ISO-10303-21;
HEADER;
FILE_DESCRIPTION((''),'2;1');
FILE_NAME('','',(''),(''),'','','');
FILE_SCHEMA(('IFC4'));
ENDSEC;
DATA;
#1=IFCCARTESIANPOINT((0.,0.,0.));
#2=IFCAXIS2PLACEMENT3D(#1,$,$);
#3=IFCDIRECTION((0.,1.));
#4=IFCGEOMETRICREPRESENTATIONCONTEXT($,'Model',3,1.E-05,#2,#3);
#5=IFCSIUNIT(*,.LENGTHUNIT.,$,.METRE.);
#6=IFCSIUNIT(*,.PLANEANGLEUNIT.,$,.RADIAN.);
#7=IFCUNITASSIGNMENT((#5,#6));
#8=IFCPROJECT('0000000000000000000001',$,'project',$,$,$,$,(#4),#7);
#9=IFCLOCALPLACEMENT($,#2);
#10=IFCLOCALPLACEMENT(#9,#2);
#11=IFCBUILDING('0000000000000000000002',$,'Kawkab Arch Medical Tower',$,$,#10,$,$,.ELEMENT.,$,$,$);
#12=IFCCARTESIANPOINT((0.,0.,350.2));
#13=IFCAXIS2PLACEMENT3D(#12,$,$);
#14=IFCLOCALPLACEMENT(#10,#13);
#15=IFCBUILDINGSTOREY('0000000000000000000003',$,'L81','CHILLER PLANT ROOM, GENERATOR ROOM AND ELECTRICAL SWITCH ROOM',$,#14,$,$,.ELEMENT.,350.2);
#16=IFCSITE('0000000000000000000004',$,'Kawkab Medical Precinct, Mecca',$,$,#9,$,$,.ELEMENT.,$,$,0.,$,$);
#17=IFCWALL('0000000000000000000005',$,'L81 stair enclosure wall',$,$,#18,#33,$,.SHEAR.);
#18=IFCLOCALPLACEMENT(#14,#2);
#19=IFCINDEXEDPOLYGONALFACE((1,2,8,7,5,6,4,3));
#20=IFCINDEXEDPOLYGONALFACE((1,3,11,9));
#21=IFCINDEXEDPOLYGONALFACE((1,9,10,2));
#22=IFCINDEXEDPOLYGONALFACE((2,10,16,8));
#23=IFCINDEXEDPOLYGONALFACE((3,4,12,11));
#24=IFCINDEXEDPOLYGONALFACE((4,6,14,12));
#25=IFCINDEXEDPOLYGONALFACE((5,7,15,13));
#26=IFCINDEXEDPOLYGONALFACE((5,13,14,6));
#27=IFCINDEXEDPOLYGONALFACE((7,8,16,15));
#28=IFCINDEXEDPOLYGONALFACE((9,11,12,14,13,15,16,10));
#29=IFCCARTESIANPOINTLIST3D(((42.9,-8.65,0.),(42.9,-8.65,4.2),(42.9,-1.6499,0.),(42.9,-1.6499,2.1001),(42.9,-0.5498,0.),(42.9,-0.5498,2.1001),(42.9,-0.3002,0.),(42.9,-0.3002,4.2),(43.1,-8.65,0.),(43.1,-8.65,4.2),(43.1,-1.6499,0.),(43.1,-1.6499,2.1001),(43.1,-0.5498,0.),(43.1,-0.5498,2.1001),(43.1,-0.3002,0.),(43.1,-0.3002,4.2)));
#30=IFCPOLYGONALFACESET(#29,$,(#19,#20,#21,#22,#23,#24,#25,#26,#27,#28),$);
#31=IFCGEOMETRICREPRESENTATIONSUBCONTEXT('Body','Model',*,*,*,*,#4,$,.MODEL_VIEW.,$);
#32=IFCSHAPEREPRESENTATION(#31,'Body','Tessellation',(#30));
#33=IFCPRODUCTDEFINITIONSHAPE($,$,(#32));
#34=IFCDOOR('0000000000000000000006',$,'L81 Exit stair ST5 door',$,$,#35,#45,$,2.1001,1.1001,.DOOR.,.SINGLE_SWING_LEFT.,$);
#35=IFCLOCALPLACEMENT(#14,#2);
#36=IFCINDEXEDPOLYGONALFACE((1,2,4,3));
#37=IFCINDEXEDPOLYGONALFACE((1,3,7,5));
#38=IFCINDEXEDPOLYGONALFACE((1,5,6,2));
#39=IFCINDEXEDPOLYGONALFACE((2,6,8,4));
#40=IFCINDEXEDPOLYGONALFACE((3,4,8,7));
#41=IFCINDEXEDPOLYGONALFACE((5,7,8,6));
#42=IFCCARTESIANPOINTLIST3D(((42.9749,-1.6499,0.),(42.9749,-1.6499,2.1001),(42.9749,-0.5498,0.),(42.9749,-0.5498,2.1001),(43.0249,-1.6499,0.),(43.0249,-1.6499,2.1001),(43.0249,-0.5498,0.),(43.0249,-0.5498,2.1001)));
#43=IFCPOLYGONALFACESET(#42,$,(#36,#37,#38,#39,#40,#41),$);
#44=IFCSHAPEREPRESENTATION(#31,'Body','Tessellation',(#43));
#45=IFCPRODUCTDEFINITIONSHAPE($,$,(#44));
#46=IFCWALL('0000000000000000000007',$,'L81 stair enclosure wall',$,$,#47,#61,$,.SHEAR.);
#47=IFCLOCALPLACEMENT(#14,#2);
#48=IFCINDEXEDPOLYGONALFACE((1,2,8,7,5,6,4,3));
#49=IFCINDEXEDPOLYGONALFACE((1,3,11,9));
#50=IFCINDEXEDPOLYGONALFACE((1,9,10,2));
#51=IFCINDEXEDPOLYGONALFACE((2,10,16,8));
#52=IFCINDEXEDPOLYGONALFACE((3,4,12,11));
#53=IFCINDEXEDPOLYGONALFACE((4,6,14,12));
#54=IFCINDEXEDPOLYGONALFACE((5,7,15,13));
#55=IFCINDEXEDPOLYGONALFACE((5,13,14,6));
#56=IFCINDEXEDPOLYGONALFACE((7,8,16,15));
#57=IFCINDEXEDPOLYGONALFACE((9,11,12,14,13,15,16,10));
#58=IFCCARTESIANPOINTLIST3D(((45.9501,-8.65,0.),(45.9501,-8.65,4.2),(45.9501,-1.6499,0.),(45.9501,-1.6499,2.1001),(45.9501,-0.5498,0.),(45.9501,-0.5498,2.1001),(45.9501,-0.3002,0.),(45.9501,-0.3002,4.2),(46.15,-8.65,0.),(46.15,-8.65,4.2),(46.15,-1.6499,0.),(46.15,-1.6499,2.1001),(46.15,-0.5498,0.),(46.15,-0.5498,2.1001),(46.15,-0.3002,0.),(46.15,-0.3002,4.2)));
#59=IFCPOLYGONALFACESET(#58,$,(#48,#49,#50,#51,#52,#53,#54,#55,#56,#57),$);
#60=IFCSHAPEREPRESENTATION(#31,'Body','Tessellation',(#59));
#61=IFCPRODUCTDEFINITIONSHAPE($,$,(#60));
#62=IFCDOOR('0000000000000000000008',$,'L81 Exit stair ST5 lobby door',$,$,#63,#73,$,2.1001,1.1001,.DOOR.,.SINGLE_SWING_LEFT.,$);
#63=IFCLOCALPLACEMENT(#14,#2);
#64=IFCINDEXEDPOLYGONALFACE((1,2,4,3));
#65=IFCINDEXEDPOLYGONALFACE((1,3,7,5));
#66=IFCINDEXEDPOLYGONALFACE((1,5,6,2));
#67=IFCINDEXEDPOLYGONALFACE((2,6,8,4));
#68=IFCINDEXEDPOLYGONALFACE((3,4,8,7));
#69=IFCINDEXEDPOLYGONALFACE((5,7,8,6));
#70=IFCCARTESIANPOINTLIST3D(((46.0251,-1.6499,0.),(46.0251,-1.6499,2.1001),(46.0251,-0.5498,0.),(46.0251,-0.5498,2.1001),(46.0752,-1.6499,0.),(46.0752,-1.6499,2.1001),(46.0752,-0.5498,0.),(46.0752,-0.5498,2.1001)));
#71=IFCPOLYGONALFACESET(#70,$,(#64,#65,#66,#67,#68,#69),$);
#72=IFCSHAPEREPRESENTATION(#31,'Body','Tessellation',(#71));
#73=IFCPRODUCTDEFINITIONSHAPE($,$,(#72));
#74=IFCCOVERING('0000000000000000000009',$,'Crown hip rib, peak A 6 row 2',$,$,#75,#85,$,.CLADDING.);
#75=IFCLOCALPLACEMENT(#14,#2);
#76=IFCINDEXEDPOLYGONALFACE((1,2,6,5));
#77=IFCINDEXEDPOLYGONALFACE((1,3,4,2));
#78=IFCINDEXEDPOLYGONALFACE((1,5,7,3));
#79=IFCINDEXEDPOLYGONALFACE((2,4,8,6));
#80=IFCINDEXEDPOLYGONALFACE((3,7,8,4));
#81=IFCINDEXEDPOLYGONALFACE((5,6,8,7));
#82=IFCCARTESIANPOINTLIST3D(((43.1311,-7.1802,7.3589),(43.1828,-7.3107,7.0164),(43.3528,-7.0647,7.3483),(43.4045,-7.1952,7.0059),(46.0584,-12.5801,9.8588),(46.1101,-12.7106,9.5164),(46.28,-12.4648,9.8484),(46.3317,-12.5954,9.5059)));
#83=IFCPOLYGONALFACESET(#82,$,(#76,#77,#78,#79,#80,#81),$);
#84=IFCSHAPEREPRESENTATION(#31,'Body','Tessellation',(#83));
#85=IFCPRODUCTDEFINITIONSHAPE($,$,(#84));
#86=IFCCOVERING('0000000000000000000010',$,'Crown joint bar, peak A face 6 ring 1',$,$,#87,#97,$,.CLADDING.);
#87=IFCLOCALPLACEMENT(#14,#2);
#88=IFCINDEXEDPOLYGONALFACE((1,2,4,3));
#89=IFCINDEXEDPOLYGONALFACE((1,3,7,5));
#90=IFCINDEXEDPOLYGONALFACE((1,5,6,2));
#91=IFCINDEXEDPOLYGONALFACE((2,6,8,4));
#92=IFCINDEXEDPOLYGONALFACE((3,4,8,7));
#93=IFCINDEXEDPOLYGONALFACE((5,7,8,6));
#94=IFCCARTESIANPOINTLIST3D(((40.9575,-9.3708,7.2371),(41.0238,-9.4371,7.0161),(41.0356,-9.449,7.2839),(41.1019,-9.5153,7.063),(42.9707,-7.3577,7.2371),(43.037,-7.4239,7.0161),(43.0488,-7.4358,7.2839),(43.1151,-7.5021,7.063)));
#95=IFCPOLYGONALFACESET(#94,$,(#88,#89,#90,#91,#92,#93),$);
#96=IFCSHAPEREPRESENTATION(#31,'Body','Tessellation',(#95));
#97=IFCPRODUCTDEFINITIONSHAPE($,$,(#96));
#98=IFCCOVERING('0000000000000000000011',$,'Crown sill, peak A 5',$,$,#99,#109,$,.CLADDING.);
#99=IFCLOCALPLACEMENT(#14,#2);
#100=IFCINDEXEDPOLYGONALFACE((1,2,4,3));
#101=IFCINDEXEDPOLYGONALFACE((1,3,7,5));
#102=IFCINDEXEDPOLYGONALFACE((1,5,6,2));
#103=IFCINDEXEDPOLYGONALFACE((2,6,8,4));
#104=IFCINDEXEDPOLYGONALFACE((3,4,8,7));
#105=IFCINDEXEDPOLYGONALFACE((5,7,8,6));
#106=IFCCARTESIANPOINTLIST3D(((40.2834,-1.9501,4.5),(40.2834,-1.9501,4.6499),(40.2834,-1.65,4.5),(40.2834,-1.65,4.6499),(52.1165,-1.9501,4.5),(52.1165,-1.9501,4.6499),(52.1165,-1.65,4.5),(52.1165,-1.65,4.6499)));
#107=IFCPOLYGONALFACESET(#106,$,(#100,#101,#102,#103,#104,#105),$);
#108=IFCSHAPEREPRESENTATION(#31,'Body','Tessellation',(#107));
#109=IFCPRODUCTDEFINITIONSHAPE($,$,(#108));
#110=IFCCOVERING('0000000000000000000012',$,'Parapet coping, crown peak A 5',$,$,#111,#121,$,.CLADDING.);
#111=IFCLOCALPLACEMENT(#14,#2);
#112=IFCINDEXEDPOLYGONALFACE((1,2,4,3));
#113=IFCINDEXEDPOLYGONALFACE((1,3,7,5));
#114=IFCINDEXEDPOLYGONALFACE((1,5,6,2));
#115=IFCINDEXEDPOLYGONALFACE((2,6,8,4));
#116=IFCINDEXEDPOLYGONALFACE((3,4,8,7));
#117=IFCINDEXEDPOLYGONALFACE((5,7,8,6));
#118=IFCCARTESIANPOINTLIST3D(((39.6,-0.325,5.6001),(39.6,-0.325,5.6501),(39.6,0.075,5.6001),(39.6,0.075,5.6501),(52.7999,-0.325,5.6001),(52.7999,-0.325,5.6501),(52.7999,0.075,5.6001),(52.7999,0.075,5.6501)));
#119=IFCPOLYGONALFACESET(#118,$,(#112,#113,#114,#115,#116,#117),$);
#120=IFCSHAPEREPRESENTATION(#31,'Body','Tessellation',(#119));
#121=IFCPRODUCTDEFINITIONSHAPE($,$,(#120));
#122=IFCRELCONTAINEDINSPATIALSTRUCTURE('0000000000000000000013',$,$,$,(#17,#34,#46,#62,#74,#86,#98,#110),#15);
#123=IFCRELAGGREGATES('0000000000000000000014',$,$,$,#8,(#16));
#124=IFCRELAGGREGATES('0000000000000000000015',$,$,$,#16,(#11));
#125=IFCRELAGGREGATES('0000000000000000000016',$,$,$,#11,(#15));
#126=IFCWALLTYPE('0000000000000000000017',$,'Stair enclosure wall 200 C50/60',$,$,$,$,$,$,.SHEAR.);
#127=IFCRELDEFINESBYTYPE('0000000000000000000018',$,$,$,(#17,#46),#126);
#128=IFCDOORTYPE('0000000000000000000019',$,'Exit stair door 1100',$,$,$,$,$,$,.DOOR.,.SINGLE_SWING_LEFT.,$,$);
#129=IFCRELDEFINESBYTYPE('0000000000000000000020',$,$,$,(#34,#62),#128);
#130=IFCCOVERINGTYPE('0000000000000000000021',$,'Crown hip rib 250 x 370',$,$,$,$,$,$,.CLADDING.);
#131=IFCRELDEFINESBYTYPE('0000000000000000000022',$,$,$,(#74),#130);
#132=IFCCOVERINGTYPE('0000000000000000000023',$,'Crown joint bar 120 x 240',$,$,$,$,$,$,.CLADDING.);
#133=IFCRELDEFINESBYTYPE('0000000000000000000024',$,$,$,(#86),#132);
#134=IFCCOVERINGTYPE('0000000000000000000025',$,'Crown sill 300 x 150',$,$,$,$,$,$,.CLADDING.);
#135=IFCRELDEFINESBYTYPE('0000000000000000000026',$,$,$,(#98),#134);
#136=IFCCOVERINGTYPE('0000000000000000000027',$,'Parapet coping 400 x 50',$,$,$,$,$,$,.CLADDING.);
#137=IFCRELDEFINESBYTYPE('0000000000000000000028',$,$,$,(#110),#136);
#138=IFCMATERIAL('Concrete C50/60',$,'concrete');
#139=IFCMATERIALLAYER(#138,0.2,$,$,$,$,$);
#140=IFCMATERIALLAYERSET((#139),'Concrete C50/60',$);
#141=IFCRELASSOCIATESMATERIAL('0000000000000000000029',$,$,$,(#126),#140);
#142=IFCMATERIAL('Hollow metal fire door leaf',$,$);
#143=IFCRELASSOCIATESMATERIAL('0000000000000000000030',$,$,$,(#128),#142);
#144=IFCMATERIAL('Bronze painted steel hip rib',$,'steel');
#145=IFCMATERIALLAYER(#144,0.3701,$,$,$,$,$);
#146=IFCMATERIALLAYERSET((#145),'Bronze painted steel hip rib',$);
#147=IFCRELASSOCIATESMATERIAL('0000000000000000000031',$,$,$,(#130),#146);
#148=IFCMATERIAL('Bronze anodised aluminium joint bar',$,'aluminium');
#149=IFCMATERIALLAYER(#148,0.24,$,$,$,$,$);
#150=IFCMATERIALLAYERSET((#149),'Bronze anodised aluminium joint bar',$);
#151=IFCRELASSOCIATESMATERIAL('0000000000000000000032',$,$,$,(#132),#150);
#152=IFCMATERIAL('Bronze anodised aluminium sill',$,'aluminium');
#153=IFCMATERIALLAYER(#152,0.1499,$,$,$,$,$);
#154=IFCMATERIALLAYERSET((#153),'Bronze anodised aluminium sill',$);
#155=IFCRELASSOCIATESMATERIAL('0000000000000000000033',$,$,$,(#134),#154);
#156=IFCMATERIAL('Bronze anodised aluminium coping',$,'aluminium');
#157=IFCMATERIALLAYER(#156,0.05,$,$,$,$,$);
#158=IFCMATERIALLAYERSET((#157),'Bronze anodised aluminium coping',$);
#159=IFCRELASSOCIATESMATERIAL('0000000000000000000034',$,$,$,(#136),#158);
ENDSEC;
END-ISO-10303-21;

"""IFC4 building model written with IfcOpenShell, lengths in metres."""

from ifc_helpers import new_model, si_unit, direction, frame, frame_2d, origin, origin_2d, place, context, subcontext, project, spatial, polyline, rectangle, outline, extrude, material, layer, layer_set, type_object, element, fill, save


model = new_model("IFC4")

# Units and contexts
model_context = context("Model", 3, precision=1e-05, world=origin(), true_north=direction((0.0, 1.0)))
body_context = subcontext(model_context, "Body", "Model", "MODEL_VIEW")
ifc_project = project(units=[si_unit("LENGTHUNIT", "METRE"), si_unit("PLANEANGLEUNIT", "RADIAN")], contexts=[model_context])

# Site, building, storey
site_placement = place(None, origin())
site = spatial("IfcSite", under=ifc_project, at=site_placement, Name="Kawkab Medical Precinct, Mecca", CompositionType="ELEMENT", RefElevation=0.0)
building_placement = place(site_placement, origin())
building = spatial("IfcBuilding", under=site, at=building_placement, Name="Kawkab Arch Medical Tower", CompositionType="ELEMENT")
storey_placement = place(building_placement, frame((0.0, 0.0, 350.2)))
storey = spatial("IfcBuildingStorey", under=building, at=storey_placement, Name="L81", Description="CHILLER PLANT ROOM, GENERATOR ROOM AND ELECTRICAL SWITCH ROOM", CompositionType="ELEMENT", Elevation=350.2)

# Walls, openings, doors
ifc_material_1 = material(Name="Concrete C50/60", Category="concrete")
ifc_layer_1 = layer(ifc_material_1, 0.2)
ifc_layer_set_1 = layer_set([ifc_layer_1], Name="Concrete C50/60")
wall_type_1 = type_object("IfcWallType", Name="Stair enclosure wall 200 C50/60", PredefinedType="SHEAR", material=ifc_layer_set_1)
wall_1_placement = place(storey_placement, frame((43.0, -8.6499, 0.0), z_axis=(0.0, 0.0, 1.0), x_axis=(0.0, 1.0, 0.0)))
wall_1 = element("IfcWall", 1, at=wall_1_placement, inside=storey, type_object=wall_type_1, Name="L81 stair enclosure wall", PredefinedType="SHEAR", context=body_context, shape_type="SweptSolid", body=[
    extrude(rectangle(XDim=8.3499, YDim=0.2, at=frame_2d((4.1748, 0.0))), origin(), (0.0, 0.0, 1.0), 4.2),
])
opening_1_placement = place(wall_1_placement, frame((7.0, 0.0, 0.0)))
opening_1 = element("IfcOpeningElement", 2, at=opening_1_placement, cuts=wall_1, PredefinedType="OPENING", context=body_context, shape_type="SweptSolid", body=[
    extrude(rectangle(XDim=1.1001, YDim=2.1001, at=frame_2d((0.55, 1.05))), frame((0.0, 0.1099, 0.0), z_axis=(0.0, -1.0, 0.0), x_axis=(1.0, 0.0, 0.0)), (0.0, 0.0, 1.0), 0.22),
])
ifc_material_2 = material(Name="Hollow metal fire door leaf")
door_type_1 = type_object("IfcDoorType", Name="Exit stair door 1100", OperationType="SINGLE_SWING_LEFT", PredefinedType="DOOR", material=ifc_material_2)
door_1_placement = place(opening_1_placement, frame((1.1001, 0.0, 0.0), z_axis=(0.0, 0.0, 1.0), x_axis=(-1.0, 0.0, 0.0)))
door_1 = element("IfcDoor", 3, at=door_1_placement, inside=storey, type_object=door_type_1, Name="L81 Exit stair ST5 door", OperationType="SINGLE_SWING_LEFT", OverallHeight=2.1001, OverallWidth=1.1001, PredefinedType="DOOR", context=body_context, shape_type="SweptSolid", body=[
    extrude(rectangle(XDim=1.1001, YDim=2.1001, at=frame_2d((0.55, 1.05))), frame((0.0, 0.0249, 0.0), z_axis=(0.0, -1.0, 0.0), x_axis=(1.0, 0.0, 0.0)), (0.0, 0.0, 1.0), 0.05),
])
fill(opening_1, door_1)
wall_2_placement = place(storey_placement, frame((46.05, -8.6499, 0.0), z_axis=(0.0, 0.0, 1.0), x_axis=(0.0, 1.0, 0.0)))
wall_2 = element("IfcWall", 4, at=wall_2_placement, inside=storey, type_object=wall_type_1, Name="L81 stair enclosure wall", PredefinedType="SHEAR", context=body_context, shape_type="SweptSolid", body=[
    extrude(rectangle(XDim=8.3499, YDim=0.2, at=frame_2d((4.1748, 0.0))), origin(), (0.0, 0.0, 1.0), 4.2),
])
opening_2_placement = place(wall_2_placement, frame((7.0, 0.0, 0.0)))
opening_2 = element("IfcOpeningElement", 5, at=opening_2_placement, cuts=wall_2, PredefinedType="OPENING", context=body_context, shape_type="SweptSolid", body=[
    extrude(rectangle(XDim=1.1001, YDim=2.1001, at=frame_2d((0.55, 1.05))), frame((0.0, 0.1099, 0.0), z_axis=(0.0, -1.0, 0.0), x_axis=(1.0, 0.0, 0.0)), (0.0, 0.0, 1.0), 0.22),
])
door_2_placement = place(opening_2_placement, origin())
door_2 = element("IfcDoor", 6, at=door_2_placement, inside=storey, type_object=door_type_1, Name="L81 Exit stair ST5 lobby door", OperationType="SINGLE_SWING_LEFT", OverallHeight=2.1001, OverallWidth=1.1001, PredefinedType="DOOR", context=body_context, shape_type="SweptSolid", body=[
    extrude(rectangle(XDim=1.1001, YDim=2.1001, at=frame_2d((0.55, 1.05))), frame((0.0, 0.0249, 0.0), z_axis=(0.0, -1.0, 0.0), x_axis=(1.0, 0.0, 0.0)), (0.0, 0.0, 1.0), 0.05),
])
fill(opening_2, door_2)

# Coverings
ifc_material_3 = material(Name="Bronze painted steel hip rib", Category="steel")
ifc_layer_2 = layer(ifc_material_3, 0.3701)
ifc_layer_set_2 = layer_set([ifc_layer_2], Name="Bronze painted steel hip rib")
covering_type_1 = type_object("IfcCoveringType", Name="Crown hip rib 250 x 370", PredefinedType="CLADDING", material=ifc_layer_set_2)
covering_1_placement = place(storey_placement, frame((43.1311, -7.1802, 7.3589), z_axis=(-0.139688, 0.352643, 0.925273), x_axis=(0.441412, -0.814274, 0.376979)))
element("IfcCovering", 7, at=covering_1_placement, inside=storey, type_object=covering_type_1, Name="Crown hip rib, peak A 6 row 2", PredefinedType="CLADDING", context=body_context, shape_type="SweptSolid", body=[
    extrude(outline(polyline([(0.0, 0.0), (6.6316, 0.0), (6.6316, 0.2501), (-0.0001, 0.2502), (0.0, 0.0)])), origin(), (0.0, 0.0, -1.0), 0.3701),
])
ifc_material_4 = material(Name="Bronze anodised aluminium joint bar", Category="aluminium")
ifc_layer_3 = layer(ifc_material_4, 0.24)
ifc_layer_set_3 = layer_set([ifc_layer_3], Name="Bronze anodised aluminium joint bar")
covering_type_2 = type_object("IfcCoveringType", Name="Crown joint bar 120 x 240", PredefinedType="CLADDING", material=ifc_layer_set_3)
covering_2_placement = place(storey_placement, frame((42.9707, -7.3577, 7.2371), z_axis=(-0.276172, 0.276172, 0.920575), x_axis=(-0.707107, -0.707107, 0.0)))
element("IfcCovering", 8, at=covering_2_placement, inside=storey, type_object=covering_type_2, Name="Crown joint bar, peak A face 6 ring 1", PredefinedType="CLADDING", context=body_context, shape_type="SweptSolid", body=[
    extrude(outline(polyline([(0.0, 0.0), (2.8471, 0.0), (2.8471, 0.12), (0.0, 0.12), (0.0, 0.0)])), origin(), (0.0, 0.0, -1.0), 0.24),
])
ifc_material_5 = material(Name="Bronze anodised aluminium sill", Category="aluminium")
ifc_layer_4 = layer(ifc_material_5, 0.1499)
ifc_layer_set_4 = layer_set([ifc_layer_4], Name="Bronze anodised aluminium sill")
covering_type_3 = type_object("IfcCoveringType", Name="Crown sill 300 x 150", PredefinedType="CLADDING", material=ifc_layer_set_4)
covering_3_placement = place(storey_placement, frame((46.2, -1.8, 4.5), z_axis=(0.0, 0.0, 1.0), x_axis=(-1.0, 0.0, 0.0)))
element("IfcCovering", 9, at=covering_3_placement, inside=storey, type_object=covering_type_3, Name="Crown sill, peak A 5", PredefinedType="CLADDING", context=body_context, shape_type="SweptSolid", body=[
    extrude(rectangle(XDim=11.833, YDim=0.3, at=origin_2d()), origin(), (0.0, 0.0, 1.0), 0.1499),
])
ifc_material_6 = material(Name="Bronze anodised aluminium coping", Category="aluminium")
ifc_layer_5 = layer(ifc_material_6, 0.05)
ifc_layer_set_5 = layer_set([ifc_layer_5], Name="Bronze anodised aluminium coping")
covering_type_4 = type_object("IfcCoveringType", Name="Parapet coping 400 x 50", PredefinedType="CLADDING", material=ifc_layer_set_5)
covering_4_placement = place(storey_placement, frame((46.2, -0.125, 5.6001), z_axis=(0.0, 0.0, 1.0), x_axis=(-1.0, 0.0, 0.0)))
element("IfcCovering", 10, at=covering_4_placement, inside=storey, type_object=covering_type_4, Name="Parapet coping, crown peak A 5", PredefinedType="CLADDING", context=body_context, shape_type="SweptSolid", body=[
    extrude(rectangle(XDim=13.2, YDim=0.3999, at=origin_2d()), origin(), (0.0, 0.0, 1.0), 0.05),
])

save(model, "model.ifc")
